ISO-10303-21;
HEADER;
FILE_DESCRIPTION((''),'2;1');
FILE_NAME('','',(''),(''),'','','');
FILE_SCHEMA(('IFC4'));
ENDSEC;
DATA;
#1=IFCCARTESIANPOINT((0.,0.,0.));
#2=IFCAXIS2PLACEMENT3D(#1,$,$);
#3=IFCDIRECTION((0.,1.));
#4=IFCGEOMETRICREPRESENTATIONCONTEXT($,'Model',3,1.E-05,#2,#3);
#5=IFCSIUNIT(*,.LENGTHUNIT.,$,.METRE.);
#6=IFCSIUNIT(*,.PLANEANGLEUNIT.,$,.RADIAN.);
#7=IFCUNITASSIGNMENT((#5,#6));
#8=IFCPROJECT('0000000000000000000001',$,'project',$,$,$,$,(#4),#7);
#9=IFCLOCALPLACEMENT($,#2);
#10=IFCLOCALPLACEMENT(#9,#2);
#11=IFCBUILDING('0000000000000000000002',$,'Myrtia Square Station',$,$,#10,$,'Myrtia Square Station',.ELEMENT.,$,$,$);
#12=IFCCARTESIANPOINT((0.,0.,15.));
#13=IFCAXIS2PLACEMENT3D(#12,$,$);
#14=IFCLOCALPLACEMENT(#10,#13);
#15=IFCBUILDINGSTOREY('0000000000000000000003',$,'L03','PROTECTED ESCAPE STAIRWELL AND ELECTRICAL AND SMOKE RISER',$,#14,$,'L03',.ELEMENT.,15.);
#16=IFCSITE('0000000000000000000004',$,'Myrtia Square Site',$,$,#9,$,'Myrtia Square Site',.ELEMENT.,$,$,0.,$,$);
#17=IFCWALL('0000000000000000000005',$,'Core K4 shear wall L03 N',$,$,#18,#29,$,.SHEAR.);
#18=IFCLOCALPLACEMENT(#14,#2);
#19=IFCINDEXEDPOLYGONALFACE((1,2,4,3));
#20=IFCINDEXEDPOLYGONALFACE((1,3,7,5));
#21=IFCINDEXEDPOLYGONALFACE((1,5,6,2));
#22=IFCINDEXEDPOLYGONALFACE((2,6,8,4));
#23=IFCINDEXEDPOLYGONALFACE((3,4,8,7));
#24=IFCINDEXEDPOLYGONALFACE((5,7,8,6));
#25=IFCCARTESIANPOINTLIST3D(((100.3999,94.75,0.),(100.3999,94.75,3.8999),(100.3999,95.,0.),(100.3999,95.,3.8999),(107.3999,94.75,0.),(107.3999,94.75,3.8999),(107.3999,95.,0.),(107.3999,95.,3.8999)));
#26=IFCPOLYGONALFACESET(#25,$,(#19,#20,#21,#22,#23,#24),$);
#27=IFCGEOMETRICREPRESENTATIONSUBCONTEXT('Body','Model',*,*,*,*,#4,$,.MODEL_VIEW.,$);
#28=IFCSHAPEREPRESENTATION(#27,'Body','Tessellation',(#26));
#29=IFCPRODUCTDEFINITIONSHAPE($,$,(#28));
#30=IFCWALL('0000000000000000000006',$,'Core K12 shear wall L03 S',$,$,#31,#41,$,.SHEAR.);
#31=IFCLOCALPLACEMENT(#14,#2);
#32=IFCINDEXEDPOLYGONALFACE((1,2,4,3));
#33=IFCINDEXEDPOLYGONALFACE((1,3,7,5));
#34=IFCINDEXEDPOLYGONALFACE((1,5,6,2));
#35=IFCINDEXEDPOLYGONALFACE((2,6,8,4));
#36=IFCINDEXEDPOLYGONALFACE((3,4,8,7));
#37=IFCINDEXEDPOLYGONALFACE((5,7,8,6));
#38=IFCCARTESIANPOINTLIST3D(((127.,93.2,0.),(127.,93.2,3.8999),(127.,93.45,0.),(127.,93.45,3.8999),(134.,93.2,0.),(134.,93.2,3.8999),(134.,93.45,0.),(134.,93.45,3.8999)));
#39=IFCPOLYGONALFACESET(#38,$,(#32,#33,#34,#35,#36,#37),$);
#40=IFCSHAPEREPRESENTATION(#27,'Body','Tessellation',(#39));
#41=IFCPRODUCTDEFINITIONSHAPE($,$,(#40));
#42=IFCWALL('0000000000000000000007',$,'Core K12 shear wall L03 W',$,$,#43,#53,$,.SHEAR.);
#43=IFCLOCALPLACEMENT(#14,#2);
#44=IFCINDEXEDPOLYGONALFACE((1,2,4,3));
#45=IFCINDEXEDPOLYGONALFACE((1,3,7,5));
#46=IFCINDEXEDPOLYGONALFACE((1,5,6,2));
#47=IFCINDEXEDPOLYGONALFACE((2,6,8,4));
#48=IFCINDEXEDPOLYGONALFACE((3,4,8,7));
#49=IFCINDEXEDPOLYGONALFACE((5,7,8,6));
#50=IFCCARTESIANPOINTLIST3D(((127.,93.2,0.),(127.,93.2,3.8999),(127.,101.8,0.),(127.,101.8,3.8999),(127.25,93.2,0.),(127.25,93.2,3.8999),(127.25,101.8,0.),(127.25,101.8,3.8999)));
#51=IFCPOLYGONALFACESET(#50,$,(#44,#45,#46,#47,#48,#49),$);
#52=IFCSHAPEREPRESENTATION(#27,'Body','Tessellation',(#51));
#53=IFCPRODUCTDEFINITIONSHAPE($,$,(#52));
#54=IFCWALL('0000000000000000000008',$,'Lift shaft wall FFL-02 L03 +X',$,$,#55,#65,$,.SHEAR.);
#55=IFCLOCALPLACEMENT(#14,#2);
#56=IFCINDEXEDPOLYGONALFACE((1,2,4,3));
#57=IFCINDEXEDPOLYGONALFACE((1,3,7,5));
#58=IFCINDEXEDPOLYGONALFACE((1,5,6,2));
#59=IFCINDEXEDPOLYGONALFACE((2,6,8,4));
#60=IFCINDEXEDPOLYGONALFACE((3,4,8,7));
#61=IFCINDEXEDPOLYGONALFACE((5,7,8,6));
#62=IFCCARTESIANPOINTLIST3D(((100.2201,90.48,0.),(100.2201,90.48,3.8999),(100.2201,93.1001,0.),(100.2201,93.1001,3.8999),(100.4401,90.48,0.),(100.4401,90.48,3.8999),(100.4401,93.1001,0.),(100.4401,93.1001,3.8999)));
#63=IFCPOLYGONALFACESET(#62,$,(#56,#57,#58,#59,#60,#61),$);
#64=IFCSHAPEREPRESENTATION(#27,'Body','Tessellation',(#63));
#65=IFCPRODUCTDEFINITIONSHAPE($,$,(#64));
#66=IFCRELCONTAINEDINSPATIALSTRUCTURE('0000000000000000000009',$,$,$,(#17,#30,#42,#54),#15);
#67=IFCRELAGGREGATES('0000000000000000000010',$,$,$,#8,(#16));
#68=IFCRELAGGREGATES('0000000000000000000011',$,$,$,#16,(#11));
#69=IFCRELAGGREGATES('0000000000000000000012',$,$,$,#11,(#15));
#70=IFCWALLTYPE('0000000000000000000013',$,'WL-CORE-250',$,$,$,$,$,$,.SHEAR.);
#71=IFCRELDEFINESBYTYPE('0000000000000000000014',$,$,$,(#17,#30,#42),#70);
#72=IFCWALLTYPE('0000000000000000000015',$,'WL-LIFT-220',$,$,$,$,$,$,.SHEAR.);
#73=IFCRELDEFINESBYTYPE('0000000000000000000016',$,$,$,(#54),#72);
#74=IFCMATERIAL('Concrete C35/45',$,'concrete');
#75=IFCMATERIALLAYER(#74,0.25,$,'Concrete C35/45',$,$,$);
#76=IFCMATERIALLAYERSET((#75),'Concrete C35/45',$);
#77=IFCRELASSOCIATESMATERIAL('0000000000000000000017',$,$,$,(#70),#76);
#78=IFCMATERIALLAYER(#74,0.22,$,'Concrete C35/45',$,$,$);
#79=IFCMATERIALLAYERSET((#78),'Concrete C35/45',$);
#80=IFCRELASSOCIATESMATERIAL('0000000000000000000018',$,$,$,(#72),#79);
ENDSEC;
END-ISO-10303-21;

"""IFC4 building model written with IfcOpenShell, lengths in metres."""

from ifc_helpers import new_model, si_unit, direction, frame, frame_2d, origin, place, context, subcontext, project, spatial, rectangle, extrude, material, layer, layer_set, type_object, element, save


model = new_model("IFC4")

# Units and contexts
model_context = context("Model", 3, precision=1e-05, world=origin(), true_north=direction((0.0, 1.0)))
body_context = subcontext(model_context, "Body", "Model", "MODEL_VIEW")
ifc_project = project(units=[si_unit("LENGTHUNIT", "METRE"), si_unit("PLANEANGLEUNIT", "RADIAN")], contexts=[model_context])

# Site, building, storey
site_placement = place(None, origin())
site = spatial("IfcSite", under=ifc_project, at=site_placement, Name="Myrtia Square Site", LongName="Myrtia Square Site", CompositionType="ELEMENT", RefElevation=0.0)
building_placement = place(site_placement, origin())
building = spatial("IfcBuilding", under=site, at=building_placement, Name="Myrtia Square Station", LongName="Myrtia Square Station", CompositionType="ELEMENT")
storey_placement = place(building_placement, frame((0.0, 0.0, 15.0)))
storey = spatial("IfcBuildingStorey", under=building, at=storey_placement, Name="L03", Description="PROTECTED ESCAPE STAIRWELL AND ELECTRICAL AND SMOKE RISER", LongName="L03", CompositionType="ELEMENT", Elevation=15.0)

# Walls
ifc_material_1 = material(Name="Concrete C35/45", Category="concrete")
ifc_layer_1 = layer(ifc_material_1, 0.25, Name="Concrete C35/45")
ifc_layer_set_1 = layer_set([ifc_layer_1], Name="Concrete C35/45")
wall_type_1 = type_object("IfcWallType", Name="WL-CORE-250", PredefinedType="SHEAR", material=ifc_layer_set_1)
for number, where, z_axis, x_axis, name in (
    (1, (100.3999, 94.875, 0.0), (0.0, 0.0, 1.0), (1.0, 0.0, 0.0), "Core K4 shear wall L03 N"),
    (2, (127.0, 93.325, 0.0), (0.0, 0.0, 1.0), (1.0, 0.0, 0.0), "Core K12 shear wall L03 S"),
):
    element("IfcWall", number, at=place(storey_placement, frame(where, z_axis=z_axis, x_axis=x_axis)), inside=storey, type_object=wall_type_1, Name=name, PredefinedType="SHEAR", context=body_context, shape_type="SweptSolid", body=[
        extrude(rectangle(XDim=7.0, YDim=0.25, at=frame_2d((3.5, 0.0))), origin(), (0.0, 0.0, 1.0), 3.8999),
    ])
wall_1_placement = place(storey_placement, frame((127.125, 93.2, 0.0), z_axis=(0.0, 0.0, 1.0), x_axis=(0.0, 1.0, 0.0)))
element("IfcWall", 3, at=wall_1_placement, inside=storey, type_object=wall_type_1, Name="Core K12 shear wall L03 W", PredefinedType="SHEAR", context=body_context, shape_type="SweptSolid", body=[
    extrude(rectangle(XDim=8.6001, YDim=0.25, at=frame_2d((4.3, 0.0))), origin(), (0.0, 0.0, 1.0), 3.8999),
])
ifc_layer_2 = layer(ifc_material_1, 0.22, Name="Concrete C35/45")
ifc_layer_set_2 = layer_set([ifc_layer_2], Name="Concrete C35/45")
wall_type_2 = type_object("IfcWallType", Name="WL-LIFT-220", PredefinedType="SHEAR", material=ifc_layer_set_2)
wall_2_placement = place(storey_placement, frame((100.3301, 90.48, 0.0), z_axis=(0.0, 0.0, 1.0), x_axis=(0.0, 1.0, 0.0)))
element("IfcWall", 4, at=wall_2_placement, inside=storey, type_object=wall_type_2, Name="Lift shaft wall FFL-02 L03 +X", PredefinedType="SHEAR", context=body_context, shape_type="SweptSolid", body=[
    extrude(rectangle(XDim=2.6201, YDim=0.22, at=frame_2d((1.3101, 0.0))), origin(), (0.0, 0.0, 1.0), 3.8999),
])

save(model, "model.ifc")
